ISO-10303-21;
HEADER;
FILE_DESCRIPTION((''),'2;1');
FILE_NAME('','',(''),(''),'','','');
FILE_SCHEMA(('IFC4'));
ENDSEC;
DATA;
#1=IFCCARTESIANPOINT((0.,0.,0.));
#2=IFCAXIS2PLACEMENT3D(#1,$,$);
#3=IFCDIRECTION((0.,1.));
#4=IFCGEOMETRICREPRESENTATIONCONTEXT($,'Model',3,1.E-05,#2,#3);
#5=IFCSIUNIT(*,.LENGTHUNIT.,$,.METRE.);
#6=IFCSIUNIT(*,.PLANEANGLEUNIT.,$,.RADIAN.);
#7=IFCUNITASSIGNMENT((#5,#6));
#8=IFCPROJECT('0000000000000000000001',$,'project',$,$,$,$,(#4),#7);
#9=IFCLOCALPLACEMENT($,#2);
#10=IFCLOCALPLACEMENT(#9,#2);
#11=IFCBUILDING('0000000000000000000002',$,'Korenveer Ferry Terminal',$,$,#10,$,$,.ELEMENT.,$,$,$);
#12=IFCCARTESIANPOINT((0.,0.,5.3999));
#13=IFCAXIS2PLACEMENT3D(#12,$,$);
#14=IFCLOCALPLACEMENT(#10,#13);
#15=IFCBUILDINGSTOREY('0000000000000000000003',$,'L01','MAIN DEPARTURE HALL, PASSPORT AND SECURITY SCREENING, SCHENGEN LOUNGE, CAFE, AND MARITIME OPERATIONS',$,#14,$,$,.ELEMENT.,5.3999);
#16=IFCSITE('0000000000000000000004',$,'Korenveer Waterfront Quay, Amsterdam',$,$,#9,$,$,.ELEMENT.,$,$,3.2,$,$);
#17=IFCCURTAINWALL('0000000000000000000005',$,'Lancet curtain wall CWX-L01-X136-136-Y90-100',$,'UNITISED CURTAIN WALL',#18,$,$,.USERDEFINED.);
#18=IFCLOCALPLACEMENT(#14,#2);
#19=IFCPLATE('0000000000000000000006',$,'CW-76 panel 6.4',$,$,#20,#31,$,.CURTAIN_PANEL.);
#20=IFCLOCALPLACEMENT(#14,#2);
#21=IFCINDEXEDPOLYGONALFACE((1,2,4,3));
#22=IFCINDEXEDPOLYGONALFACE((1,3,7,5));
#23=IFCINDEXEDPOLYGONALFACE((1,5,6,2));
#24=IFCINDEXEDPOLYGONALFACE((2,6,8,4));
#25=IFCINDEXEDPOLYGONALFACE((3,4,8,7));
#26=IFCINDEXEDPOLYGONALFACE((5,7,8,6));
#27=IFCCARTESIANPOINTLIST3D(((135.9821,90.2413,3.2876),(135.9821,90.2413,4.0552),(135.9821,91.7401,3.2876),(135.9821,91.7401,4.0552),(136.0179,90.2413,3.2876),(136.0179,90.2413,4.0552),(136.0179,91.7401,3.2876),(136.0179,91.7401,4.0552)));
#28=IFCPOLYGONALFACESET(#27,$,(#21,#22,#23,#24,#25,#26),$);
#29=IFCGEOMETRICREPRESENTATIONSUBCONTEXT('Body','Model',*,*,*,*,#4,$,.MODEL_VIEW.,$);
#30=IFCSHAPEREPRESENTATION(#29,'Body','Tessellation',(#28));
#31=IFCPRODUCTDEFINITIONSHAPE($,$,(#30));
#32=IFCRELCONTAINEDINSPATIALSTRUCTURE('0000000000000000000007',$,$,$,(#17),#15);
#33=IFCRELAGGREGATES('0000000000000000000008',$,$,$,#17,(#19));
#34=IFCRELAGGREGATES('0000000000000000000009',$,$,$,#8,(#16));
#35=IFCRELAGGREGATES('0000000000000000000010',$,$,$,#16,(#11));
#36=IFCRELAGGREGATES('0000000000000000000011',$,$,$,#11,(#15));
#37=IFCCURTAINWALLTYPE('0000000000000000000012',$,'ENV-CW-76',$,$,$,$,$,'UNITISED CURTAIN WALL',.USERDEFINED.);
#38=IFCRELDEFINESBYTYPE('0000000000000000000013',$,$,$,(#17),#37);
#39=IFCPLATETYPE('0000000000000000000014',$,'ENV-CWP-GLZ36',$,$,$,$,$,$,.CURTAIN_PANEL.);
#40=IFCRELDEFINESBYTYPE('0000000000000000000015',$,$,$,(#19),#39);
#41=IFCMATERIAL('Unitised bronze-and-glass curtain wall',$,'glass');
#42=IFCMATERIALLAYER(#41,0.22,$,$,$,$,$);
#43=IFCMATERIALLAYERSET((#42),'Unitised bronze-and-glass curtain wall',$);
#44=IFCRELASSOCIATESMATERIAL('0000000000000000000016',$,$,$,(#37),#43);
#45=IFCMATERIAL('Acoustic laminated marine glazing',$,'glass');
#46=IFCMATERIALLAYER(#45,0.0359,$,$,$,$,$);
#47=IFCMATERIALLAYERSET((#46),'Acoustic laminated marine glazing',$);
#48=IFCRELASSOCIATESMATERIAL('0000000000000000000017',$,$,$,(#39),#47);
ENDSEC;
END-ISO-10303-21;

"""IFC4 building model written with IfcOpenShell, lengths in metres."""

from ifc_helpers import new_model, si_unit, direction, frame, origin, origin_2d, place, context, subcontext, project, spatial, rectangle, extrude, material, layer, layer_set, type_object, element, aggregate, save


model = new_model("IFC4")

# Units and contexts
model_context = context("Model", 3, precision=1e-05, world=origin(), true_north=direction((0.0, 1.0)))
body_context = subcontext(model_context, "Body", "Model", "MODEL_VIEW")
ifc_project = project(units=[si_unit("LENGTHUNIT", "METRE"), si_unit("PLANEANGLEUNIT", "RADIAN")], contexts=[model_context])

# Site, building, storey
site_placement = place(None, origin())
site = spatial("IfcSite", under=ifc_project, at=site_placement, Name="Korenveer Waterfront Quay, Amsterdam", CompositionType="ELEMENT", RefElevation=3.2)
building_placement = place(site_placement, origin())
building = spatial("IfcBuilding", under=site, at=building_placement, Name="Korenveer Ferry Terminal", CompositionType="ELEMENT")
storey_placement = place(building_placement, frame((0.0, 0.0, 5.3999)))
storey = spatial("IfcBuildingStorey", under=building, at=storey_placement, Name="L01", Description="MAIN DEPARTURE HALL, PASSPORT AND SECURITY SCREENING, SCHENGEN LOUNGE, CAFE, AND MARITIME OPERATIONS", CompositionType="ELEMENT", Elevation=5.3999)

# Shared definitions
ifc_material_1 = material(Name="Unitised bronze-and-glass curtain wall", Category="glass")

# Curtain wall
ifc_layer_1 = layer(ifc_material_1, 0.22)
ifc_layer_set_1 = layer_set([ifc_layer_1], Name="Unitised bronze-and-glass curtain wall")
curtain_wall_type_1 = type_object("IfcCurtainWallType", Name="ENV-CW-76", ElementType="UNITISED CURTAIN WALL", PredefinedType="USERDEFINED", material=ifc_layer_set_1)
curtain_wall_1_placement = place(storey_placement, frame((136.0, 99.8335, 0.0)))
curtain_wall_1 = element("IfcCurtainWall", 1, at=curtain_wall_1_placement, inside=storey, type_object=curtain_wall_type_1, Name="Lancet curtain wall CWX-L01-X136-136-Y90-100", ObjectType="UNITISED CURTAIN WALL", PredefinedType="USERDEFINED")

# Plate
ifc_material_2 = material(Name="Acoustic laminated marine glazing", Category="glass")
ifc_layer_2 = layer(ifc_material_2, 0.0359)
ifc_layer_set_2 = layer_set([ifc_layer_2], Name="Acoustic laminated marine glazing")
plate_type = type_object("IfcPlateType", Name="ENV-CWP-GLZ36", PredefinedType="CURTAIN_PANEL", material=ifc_layer_set_2)
plate_1_placement = place(storey_placement, frame((136.0, 90.9907, 3.2876), z_axis=(0.0, 0.0, 1.0), x_axis=(0.0, -1.0, 0.0)))
plate_1 = element("IfcPlate", 2, at=plate_1_placement, type_object=plate_type, Name="CW-76 panel 6.4", PredefinedType="CURTAIN_PANEL", context=body_context, shape_type="SweptSolid", body=[
    extrude(rectangle(XDim=1.4988, YDim=0.0359, at=origin_2d()), origin(), (0.0, 0.0, 1.0), 0.7676),
])
aggregate(curtain_wall_1, [plate_1])

save(model, "model.ifc")
